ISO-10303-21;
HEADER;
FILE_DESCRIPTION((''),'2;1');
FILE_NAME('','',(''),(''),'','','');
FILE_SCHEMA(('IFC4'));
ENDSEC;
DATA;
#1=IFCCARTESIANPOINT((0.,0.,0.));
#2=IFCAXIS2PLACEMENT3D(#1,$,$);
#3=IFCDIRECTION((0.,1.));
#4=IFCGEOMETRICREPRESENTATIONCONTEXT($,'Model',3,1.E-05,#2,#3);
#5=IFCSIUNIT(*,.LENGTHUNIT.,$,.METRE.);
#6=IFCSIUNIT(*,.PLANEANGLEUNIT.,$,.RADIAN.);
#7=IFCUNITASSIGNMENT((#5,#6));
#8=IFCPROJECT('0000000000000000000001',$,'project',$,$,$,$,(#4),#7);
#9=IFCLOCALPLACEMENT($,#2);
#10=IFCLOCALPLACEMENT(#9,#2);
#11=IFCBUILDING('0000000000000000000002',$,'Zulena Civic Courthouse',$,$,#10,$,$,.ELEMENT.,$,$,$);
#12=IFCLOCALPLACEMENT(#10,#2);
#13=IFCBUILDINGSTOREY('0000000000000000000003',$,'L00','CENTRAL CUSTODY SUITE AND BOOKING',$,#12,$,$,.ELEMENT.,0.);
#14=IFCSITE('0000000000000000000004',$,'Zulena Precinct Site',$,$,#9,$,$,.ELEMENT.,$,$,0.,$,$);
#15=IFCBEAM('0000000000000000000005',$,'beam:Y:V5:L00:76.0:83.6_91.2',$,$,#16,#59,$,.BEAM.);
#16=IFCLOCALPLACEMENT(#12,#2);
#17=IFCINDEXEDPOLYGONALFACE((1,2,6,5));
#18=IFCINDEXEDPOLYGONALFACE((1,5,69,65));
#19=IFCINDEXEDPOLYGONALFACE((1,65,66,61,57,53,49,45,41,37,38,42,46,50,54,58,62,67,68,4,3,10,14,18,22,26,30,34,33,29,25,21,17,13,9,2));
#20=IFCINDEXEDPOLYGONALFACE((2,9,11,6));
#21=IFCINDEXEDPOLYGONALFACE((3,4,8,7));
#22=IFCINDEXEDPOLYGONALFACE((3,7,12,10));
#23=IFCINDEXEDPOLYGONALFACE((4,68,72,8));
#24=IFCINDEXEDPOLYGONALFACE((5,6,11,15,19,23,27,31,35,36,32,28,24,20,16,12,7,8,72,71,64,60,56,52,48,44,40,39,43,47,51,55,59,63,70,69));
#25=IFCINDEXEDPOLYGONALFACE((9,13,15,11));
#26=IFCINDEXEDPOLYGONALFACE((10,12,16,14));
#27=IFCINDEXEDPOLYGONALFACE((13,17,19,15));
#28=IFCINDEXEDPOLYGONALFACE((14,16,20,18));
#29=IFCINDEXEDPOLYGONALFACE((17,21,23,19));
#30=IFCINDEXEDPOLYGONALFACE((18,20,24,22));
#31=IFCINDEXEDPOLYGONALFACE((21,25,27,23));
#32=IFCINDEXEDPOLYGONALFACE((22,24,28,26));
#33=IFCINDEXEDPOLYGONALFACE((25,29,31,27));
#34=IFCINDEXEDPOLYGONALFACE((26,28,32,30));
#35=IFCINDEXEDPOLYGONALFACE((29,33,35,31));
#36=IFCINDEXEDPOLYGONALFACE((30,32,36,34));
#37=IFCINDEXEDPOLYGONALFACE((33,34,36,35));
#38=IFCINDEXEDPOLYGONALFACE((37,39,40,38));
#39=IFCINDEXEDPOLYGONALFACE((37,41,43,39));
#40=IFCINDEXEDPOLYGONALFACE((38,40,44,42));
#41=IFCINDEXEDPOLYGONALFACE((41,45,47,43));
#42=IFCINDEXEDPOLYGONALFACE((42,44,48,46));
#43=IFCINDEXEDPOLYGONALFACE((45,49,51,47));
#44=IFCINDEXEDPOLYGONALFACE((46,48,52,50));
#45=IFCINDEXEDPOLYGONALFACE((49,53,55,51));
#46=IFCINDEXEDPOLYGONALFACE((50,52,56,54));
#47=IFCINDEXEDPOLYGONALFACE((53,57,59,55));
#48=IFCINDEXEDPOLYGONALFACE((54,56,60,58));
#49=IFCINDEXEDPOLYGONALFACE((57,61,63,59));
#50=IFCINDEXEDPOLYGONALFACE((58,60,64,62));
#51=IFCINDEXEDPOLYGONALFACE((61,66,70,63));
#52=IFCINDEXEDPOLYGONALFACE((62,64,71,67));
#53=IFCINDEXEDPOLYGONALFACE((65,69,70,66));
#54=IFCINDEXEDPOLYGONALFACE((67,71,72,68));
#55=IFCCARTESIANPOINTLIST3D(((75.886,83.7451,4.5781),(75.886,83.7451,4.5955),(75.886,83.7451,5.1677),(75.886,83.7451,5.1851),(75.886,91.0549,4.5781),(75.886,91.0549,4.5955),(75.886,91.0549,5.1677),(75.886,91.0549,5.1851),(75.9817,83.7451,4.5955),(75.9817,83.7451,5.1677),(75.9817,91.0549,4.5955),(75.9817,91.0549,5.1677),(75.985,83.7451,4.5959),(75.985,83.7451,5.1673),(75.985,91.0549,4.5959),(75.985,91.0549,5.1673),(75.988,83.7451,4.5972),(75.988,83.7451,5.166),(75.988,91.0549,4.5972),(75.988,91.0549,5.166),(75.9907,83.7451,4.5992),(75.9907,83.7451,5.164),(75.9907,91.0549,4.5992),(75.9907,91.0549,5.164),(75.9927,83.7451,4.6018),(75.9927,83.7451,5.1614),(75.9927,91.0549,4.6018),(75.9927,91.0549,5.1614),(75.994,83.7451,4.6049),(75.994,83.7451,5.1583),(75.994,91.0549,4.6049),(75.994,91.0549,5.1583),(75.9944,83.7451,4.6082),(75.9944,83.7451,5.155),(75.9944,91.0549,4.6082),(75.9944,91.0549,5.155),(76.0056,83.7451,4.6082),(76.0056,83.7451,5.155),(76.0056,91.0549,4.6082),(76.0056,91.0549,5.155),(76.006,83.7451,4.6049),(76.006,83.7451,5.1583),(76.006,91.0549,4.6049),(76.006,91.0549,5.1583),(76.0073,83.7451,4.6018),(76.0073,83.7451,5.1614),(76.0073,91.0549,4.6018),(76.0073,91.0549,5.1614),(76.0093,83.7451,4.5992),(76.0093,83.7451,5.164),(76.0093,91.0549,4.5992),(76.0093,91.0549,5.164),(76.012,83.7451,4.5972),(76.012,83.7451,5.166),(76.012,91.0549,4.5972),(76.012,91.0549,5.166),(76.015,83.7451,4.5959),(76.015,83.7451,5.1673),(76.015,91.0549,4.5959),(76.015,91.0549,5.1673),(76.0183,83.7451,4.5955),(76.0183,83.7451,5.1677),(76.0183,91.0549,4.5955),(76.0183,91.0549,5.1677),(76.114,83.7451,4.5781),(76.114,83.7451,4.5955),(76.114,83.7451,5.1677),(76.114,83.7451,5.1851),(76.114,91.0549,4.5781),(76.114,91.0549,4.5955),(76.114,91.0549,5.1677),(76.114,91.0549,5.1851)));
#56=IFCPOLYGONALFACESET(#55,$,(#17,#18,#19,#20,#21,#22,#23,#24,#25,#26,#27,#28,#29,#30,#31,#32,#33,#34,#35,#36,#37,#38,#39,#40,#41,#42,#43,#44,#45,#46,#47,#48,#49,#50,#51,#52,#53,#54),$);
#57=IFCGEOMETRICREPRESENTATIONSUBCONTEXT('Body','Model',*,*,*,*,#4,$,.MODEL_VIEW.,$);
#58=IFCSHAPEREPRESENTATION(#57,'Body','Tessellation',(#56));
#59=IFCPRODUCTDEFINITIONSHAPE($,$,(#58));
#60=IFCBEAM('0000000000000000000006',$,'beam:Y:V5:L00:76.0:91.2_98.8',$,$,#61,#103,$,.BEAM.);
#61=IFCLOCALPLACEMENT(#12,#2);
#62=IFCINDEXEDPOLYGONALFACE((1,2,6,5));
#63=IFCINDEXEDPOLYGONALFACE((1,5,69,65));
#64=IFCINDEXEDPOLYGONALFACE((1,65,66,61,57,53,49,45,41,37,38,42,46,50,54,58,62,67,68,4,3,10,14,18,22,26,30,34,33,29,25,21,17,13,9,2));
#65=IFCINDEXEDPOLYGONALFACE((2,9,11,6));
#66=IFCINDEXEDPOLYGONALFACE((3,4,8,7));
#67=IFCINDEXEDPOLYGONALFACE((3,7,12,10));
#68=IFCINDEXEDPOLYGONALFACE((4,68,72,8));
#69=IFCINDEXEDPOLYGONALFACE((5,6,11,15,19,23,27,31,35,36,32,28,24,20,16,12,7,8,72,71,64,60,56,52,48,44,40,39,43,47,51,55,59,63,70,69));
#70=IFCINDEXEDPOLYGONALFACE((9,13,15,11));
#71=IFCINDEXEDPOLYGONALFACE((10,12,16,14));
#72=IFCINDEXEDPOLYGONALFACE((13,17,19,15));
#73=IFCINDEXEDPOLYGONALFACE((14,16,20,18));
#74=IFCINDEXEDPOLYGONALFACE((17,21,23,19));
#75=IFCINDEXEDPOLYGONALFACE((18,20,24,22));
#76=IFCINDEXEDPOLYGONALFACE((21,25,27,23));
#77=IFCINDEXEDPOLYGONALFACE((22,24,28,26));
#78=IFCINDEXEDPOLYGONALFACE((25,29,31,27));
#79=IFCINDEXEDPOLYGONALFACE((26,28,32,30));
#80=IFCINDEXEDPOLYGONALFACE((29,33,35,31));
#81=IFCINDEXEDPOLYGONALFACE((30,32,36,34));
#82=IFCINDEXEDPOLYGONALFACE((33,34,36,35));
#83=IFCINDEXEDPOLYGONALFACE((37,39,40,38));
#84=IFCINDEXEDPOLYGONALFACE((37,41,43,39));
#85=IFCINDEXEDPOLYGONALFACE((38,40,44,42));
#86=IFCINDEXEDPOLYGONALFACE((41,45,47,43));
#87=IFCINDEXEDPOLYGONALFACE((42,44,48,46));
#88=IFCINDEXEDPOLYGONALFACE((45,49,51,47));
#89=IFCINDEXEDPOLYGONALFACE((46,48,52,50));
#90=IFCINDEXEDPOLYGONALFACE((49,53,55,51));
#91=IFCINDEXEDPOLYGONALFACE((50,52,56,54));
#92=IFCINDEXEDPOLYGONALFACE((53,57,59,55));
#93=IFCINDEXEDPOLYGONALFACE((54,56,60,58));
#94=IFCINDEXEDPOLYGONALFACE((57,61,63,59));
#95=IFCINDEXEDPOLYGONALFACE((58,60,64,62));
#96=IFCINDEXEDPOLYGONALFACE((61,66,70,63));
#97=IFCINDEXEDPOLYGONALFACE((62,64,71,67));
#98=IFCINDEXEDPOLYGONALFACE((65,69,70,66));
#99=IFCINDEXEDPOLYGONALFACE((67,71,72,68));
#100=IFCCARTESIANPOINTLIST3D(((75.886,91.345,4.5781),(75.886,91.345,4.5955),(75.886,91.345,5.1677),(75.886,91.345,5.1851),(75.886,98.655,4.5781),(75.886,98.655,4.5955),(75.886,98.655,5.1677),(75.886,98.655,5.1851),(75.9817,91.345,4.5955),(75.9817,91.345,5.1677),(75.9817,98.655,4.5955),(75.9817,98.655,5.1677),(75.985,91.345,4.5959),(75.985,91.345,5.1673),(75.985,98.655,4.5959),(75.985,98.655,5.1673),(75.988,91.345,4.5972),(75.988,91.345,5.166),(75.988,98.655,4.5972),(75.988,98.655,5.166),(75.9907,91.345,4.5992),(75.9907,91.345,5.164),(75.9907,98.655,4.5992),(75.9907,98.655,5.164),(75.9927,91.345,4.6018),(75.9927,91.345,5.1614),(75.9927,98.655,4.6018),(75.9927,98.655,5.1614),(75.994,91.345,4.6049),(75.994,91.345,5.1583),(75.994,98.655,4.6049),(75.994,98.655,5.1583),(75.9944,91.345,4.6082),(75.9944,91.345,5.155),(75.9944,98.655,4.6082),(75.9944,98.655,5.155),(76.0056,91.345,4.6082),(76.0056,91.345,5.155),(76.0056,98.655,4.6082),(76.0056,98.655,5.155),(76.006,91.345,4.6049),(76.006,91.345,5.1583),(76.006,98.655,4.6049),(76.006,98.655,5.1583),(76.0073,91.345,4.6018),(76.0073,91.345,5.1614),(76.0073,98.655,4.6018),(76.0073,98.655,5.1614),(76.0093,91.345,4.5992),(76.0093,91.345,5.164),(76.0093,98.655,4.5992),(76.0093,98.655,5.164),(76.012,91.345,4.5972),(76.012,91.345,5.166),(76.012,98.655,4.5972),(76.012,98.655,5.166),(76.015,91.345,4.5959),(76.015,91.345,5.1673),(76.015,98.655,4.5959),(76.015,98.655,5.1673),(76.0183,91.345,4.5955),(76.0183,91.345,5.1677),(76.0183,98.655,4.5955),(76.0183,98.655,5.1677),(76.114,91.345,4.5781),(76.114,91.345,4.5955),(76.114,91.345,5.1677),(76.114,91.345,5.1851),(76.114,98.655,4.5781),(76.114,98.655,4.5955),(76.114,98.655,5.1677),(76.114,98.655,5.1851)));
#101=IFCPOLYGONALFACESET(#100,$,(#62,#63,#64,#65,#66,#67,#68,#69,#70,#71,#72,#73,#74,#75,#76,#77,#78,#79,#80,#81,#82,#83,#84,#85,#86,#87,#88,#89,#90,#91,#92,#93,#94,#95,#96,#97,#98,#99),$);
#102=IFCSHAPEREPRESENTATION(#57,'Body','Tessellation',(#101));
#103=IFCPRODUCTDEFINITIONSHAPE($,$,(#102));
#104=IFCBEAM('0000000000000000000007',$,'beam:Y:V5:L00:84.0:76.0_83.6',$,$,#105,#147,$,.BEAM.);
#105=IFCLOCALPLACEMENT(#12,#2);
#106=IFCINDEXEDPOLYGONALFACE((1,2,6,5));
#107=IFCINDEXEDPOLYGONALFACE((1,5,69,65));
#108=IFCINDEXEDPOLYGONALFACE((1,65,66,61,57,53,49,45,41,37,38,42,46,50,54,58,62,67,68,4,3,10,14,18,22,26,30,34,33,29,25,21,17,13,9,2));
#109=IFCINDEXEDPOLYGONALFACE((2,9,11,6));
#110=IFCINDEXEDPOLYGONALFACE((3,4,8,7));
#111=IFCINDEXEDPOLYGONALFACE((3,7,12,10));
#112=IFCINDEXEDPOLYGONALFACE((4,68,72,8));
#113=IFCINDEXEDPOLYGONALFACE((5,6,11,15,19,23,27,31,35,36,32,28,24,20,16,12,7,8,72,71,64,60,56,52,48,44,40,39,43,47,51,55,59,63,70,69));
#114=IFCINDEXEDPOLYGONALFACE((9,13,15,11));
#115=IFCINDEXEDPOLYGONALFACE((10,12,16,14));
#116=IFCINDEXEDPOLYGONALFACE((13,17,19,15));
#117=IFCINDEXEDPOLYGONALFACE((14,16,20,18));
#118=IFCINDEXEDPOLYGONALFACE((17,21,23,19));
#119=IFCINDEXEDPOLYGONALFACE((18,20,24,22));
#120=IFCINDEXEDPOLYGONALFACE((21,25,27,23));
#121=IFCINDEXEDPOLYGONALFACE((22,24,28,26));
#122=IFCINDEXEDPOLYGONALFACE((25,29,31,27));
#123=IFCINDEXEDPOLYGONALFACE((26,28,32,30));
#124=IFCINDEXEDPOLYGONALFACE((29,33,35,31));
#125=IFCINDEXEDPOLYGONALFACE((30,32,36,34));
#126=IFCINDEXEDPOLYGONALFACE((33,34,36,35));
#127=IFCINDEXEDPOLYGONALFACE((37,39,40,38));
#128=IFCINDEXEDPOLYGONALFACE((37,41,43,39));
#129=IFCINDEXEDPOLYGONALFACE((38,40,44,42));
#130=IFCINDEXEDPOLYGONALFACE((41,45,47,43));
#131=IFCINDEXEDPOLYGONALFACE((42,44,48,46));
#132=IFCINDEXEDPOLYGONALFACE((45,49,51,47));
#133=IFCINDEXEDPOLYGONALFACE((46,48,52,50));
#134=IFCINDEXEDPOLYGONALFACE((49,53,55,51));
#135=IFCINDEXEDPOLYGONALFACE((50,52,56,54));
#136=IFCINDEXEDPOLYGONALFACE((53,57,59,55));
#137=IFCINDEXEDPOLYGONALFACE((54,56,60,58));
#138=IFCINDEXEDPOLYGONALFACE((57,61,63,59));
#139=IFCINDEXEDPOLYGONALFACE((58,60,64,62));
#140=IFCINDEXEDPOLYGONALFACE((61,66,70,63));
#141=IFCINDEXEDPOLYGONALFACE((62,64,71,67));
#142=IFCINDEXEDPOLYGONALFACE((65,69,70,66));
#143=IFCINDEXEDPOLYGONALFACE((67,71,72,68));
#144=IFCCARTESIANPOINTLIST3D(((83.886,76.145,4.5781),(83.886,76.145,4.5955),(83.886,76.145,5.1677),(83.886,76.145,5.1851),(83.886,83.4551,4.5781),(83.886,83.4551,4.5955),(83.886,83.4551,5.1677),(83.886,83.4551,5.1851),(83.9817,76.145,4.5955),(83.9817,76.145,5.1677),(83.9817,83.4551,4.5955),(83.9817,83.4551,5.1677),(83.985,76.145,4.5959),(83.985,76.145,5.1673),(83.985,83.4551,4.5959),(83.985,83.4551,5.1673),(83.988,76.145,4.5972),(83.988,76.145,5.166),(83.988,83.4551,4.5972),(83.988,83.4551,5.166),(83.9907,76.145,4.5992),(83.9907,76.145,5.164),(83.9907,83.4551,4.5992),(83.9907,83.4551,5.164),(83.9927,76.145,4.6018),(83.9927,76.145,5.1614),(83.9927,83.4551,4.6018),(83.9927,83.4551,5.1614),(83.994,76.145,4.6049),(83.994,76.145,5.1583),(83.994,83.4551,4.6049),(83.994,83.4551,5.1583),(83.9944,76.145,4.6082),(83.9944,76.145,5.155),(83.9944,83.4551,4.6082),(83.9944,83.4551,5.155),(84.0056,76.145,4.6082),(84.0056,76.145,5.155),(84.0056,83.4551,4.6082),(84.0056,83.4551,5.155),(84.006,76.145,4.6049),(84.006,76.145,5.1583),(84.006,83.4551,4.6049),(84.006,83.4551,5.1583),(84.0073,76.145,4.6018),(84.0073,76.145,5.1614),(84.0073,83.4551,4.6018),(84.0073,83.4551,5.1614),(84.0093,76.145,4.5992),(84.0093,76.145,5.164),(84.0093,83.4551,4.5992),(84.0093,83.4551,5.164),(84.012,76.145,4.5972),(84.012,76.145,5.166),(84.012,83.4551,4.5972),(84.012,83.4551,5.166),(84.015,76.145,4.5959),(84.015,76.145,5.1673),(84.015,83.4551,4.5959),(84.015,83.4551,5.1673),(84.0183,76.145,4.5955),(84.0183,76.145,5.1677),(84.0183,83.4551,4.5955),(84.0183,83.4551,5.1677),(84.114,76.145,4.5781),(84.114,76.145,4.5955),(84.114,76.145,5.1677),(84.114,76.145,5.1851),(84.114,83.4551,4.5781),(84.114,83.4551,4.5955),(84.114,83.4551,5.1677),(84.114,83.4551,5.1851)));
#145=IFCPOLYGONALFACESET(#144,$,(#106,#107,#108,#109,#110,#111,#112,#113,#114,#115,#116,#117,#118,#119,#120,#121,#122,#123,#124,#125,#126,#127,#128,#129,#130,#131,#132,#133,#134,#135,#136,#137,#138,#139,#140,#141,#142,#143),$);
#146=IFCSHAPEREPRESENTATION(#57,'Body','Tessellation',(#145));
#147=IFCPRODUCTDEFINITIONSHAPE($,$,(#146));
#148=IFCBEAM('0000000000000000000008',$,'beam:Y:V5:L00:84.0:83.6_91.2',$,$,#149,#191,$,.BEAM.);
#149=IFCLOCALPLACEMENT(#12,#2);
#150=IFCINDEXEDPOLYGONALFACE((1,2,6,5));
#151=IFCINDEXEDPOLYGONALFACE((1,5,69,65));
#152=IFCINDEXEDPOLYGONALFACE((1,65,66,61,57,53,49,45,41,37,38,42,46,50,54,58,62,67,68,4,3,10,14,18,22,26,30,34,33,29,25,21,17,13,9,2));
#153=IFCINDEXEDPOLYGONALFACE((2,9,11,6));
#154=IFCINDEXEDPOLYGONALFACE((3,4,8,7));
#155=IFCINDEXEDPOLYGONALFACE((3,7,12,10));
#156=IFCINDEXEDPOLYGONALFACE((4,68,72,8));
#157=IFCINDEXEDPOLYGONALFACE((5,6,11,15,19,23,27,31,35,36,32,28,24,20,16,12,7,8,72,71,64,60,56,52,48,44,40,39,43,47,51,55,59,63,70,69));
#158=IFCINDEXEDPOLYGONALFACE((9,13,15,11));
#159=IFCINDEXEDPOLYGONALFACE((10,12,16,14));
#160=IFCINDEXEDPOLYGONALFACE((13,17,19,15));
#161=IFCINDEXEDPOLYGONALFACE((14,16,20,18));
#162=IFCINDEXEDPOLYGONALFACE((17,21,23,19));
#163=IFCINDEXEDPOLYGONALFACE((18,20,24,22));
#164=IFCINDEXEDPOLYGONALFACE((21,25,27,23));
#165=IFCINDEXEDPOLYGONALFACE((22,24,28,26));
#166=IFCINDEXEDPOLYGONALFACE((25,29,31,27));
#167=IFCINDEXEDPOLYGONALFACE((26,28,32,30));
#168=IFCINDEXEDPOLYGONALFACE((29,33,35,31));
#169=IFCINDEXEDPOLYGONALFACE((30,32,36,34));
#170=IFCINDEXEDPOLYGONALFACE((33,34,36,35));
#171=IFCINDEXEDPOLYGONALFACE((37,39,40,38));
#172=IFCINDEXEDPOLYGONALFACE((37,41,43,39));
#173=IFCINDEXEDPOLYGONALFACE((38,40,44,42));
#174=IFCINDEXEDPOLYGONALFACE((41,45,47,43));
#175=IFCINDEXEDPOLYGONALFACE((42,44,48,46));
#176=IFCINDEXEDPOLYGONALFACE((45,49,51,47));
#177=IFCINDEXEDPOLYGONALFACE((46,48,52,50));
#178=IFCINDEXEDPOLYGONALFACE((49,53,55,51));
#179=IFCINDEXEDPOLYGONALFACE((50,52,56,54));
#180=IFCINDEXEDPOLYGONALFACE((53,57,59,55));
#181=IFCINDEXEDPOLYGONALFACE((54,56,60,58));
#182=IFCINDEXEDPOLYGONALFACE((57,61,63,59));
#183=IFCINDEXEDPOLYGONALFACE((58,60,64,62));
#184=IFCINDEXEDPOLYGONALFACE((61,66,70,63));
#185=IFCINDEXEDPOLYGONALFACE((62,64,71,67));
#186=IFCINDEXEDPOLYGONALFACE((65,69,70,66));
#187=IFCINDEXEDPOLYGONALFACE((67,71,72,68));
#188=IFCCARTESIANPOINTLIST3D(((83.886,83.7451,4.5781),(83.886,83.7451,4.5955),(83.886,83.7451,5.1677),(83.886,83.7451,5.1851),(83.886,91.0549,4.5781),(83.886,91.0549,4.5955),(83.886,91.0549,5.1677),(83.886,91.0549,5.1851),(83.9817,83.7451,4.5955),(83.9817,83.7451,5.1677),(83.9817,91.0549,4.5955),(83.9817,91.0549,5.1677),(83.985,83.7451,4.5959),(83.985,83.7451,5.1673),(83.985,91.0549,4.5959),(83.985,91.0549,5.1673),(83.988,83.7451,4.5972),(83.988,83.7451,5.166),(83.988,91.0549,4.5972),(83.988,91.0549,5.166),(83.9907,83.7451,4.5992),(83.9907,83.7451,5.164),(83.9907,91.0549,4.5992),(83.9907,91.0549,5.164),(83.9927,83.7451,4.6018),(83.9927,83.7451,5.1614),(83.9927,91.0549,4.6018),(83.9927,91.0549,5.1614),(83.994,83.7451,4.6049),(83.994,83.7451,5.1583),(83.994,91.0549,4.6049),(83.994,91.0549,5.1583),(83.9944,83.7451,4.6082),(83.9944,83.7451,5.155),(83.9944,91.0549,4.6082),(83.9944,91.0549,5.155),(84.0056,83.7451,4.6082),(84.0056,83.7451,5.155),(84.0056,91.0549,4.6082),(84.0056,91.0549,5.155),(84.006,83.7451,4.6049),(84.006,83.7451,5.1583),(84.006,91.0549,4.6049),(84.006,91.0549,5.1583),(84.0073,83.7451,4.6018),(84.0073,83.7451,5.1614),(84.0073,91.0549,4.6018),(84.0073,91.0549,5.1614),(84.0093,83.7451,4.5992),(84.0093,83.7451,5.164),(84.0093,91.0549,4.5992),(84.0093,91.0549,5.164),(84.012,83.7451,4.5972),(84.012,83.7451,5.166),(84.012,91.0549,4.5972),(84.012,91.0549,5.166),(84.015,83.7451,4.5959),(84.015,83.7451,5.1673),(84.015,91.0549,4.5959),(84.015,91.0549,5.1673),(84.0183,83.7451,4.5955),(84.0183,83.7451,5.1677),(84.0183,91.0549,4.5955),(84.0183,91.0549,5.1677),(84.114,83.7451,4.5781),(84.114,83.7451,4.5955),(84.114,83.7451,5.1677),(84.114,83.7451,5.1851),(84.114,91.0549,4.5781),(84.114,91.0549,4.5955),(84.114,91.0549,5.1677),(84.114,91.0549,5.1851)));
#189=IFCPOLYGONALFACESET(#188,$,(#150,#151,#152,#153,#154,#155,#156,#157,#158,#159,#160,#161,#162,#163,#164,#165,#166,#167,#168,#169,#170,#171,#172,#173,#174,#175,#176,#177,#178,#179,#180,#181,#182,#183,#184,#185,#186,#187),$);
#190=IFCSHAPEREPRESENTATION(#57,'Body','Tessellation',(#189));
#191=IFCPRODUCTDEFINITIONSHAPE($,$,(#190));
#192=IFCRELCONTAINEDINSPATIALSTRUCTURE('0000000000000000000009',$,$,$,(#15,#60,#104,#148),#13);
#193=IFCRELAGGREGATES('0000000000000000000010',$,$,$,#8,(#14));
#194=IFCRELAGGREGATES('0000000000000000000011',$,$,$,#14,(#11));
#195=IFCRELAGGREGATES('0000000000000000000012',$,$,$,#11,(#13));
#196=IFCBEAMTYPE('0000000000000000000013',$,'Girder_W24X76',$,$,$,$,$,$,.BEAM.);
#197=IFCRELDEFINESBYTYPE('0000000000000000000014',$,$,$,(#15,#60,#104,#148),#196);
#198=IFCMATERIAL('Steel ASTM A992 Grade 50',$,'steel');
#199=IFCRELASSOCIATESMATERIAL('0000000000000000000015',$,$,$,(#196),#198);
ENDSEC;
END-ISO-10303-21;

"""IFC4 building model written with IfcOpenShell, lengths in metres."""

from ifc_helpers import new_model, si_unit, direction, frame, origin, origin_2d, place, context, subcontext, project, spatial, i_section, extrude, material, material_profile, profile_set, type_object, element, save


model = new_model("IFC4")

# Units and contexts
model_context = context("Model", 3, precision=1e-05, world=origin(), true_north=direction((0.0, 1.0)))
body_context = subcontext(model_context, "Body", "Model", "MODEL_VIEW")
ifc_project = project(units=[si_unit("LENGTHUNIT", "METRE"), si_unit("PLANEANGLEUNIT", "RADIAN")], contexts=[model_context])

# Site, building, storey
site_placement = place(None, origin())
site = spatial("IfcSite", under=ifc_project, at=site_placement, Name="Zulena Precinct Site", CompositionType="ELEMENT", RefElevation=0.0)
building_placement = place(site_placement, origin())
building = spatial("IfcBuilding", under=site, at=building_placement, Name="Zulena Civic Courthouse", CompositionType="ELEMENT")
storey_placement = place(building_placement, origin())
storey = spatial("IfcBuildingStorey", under=building, at=storey_placement, Name="L00", Description="CENTRAL CUSTODY SUITE AND BOOKING", CompositionType="ELEMENT", Elevation=0.0)

# Shared definitions
ifc_material_1 = material(Name="Steel ASTM A992 Grade 50", Category="steel")

# Beams
ifc_material_profile_1 = material_profile(ifc_material_1, i_section(OverallWidth=0.228, OverallDepth=0.6069, WebThickness=0.0112, FlangeThickness=0.0173, FilletRadius=0.0127, at=origin_2d()), Name="W24X76")
ifc_profile_set_1 = profile_set([ifc_material_profile_1], Name="Steel ASTM A992 Grade 50")
beam_type_1 = type_object("IfcBeamType", Name="Girder_W24X76", PredefinedType="BEAM", material=ifc_profile_set_1)
beam_1_placement = place(storey_placement, frame((76.0, 83.7451, 4.8816), z_axis=(0.0, 1.0, 0.0), x_axis=(-1.0, 0.0, 0.0)))
element("IfcBeam", 1, at=beam_1_placement, inside=storey, type_object=beam_type_1, Name="beam:Y:V5:L00:76.0:83.6_91.2", PredefinedType="BEAM", context=body_context, shape_type="SweptSolid", body=[
    extrude(i_section(OverallWidth=0.228, OverallDepth=0.6069, WebThickness=0.0112, FlangeThickness=0.0173, FilletRadius=0.0127, at=origin_2d()), origin(), (0.0, 0.0, 1.0), 7.3098),
])
for number, where, z_axis, x_axis, name in (
    (2, (76.0, 91.345, 4.8816), (0.0, 1.0, 0.0), (-1.0, 0.0, 0.0), "beam:Y:V5:L00:76.0:91.2_98.8"),
    (3, (84.0, 76.145, 4.8816), (0.0, 1.0, 0.0), (-1.0, 0.0, 0.0), "beam:Y:V5:L00:84.0:76.0_83.6"),
):
    element("IfcBeam", number, at=place(storey_placement, frame(where, z_axis=z_axis, x_axis=x_axis)), inside=storey, type_object=beam_type_1, Name=name, PredefinedType="BEAM", context=body_context, shape_type="SweptSolid", body=[
        extrude(i_section(OverallWidth=0.228, OverallDepth=0.6069, WebThickness=0.0112, FlangeThickness=0.0173, FilletRadius=0.0127, at=origin_2d()), origin(), (0.0, 0.0, 1.0), 7.3101),
    ])
beam_2_placement = place(storey_placement, frame((84.0, 83.7451, 4.8816), z_axis=(0.0, 1.0, 0.0), x_axis=(-1.0, 0.0, 0.0)))
element("IfcBeam", 4, at=beam_2_placement, inside=storey, type_object=beam_type_1, Name="beam:Y:V5:L00:84.0:83.6_91.2", PredefinedType="BEAM", context=body_context, shape_type="SweptSolid", body=[
    extrude(i_section(OverallWidth=0.228, OverallDepth=0.6069, WebThickness=0.0112, FlangeThickness=0.0173, FilletRadius=0.0127, at=origin_2d()), origin(), (0.0, 0.0, 1.0), 7.3098),
])

save(model, "model.ifc")
